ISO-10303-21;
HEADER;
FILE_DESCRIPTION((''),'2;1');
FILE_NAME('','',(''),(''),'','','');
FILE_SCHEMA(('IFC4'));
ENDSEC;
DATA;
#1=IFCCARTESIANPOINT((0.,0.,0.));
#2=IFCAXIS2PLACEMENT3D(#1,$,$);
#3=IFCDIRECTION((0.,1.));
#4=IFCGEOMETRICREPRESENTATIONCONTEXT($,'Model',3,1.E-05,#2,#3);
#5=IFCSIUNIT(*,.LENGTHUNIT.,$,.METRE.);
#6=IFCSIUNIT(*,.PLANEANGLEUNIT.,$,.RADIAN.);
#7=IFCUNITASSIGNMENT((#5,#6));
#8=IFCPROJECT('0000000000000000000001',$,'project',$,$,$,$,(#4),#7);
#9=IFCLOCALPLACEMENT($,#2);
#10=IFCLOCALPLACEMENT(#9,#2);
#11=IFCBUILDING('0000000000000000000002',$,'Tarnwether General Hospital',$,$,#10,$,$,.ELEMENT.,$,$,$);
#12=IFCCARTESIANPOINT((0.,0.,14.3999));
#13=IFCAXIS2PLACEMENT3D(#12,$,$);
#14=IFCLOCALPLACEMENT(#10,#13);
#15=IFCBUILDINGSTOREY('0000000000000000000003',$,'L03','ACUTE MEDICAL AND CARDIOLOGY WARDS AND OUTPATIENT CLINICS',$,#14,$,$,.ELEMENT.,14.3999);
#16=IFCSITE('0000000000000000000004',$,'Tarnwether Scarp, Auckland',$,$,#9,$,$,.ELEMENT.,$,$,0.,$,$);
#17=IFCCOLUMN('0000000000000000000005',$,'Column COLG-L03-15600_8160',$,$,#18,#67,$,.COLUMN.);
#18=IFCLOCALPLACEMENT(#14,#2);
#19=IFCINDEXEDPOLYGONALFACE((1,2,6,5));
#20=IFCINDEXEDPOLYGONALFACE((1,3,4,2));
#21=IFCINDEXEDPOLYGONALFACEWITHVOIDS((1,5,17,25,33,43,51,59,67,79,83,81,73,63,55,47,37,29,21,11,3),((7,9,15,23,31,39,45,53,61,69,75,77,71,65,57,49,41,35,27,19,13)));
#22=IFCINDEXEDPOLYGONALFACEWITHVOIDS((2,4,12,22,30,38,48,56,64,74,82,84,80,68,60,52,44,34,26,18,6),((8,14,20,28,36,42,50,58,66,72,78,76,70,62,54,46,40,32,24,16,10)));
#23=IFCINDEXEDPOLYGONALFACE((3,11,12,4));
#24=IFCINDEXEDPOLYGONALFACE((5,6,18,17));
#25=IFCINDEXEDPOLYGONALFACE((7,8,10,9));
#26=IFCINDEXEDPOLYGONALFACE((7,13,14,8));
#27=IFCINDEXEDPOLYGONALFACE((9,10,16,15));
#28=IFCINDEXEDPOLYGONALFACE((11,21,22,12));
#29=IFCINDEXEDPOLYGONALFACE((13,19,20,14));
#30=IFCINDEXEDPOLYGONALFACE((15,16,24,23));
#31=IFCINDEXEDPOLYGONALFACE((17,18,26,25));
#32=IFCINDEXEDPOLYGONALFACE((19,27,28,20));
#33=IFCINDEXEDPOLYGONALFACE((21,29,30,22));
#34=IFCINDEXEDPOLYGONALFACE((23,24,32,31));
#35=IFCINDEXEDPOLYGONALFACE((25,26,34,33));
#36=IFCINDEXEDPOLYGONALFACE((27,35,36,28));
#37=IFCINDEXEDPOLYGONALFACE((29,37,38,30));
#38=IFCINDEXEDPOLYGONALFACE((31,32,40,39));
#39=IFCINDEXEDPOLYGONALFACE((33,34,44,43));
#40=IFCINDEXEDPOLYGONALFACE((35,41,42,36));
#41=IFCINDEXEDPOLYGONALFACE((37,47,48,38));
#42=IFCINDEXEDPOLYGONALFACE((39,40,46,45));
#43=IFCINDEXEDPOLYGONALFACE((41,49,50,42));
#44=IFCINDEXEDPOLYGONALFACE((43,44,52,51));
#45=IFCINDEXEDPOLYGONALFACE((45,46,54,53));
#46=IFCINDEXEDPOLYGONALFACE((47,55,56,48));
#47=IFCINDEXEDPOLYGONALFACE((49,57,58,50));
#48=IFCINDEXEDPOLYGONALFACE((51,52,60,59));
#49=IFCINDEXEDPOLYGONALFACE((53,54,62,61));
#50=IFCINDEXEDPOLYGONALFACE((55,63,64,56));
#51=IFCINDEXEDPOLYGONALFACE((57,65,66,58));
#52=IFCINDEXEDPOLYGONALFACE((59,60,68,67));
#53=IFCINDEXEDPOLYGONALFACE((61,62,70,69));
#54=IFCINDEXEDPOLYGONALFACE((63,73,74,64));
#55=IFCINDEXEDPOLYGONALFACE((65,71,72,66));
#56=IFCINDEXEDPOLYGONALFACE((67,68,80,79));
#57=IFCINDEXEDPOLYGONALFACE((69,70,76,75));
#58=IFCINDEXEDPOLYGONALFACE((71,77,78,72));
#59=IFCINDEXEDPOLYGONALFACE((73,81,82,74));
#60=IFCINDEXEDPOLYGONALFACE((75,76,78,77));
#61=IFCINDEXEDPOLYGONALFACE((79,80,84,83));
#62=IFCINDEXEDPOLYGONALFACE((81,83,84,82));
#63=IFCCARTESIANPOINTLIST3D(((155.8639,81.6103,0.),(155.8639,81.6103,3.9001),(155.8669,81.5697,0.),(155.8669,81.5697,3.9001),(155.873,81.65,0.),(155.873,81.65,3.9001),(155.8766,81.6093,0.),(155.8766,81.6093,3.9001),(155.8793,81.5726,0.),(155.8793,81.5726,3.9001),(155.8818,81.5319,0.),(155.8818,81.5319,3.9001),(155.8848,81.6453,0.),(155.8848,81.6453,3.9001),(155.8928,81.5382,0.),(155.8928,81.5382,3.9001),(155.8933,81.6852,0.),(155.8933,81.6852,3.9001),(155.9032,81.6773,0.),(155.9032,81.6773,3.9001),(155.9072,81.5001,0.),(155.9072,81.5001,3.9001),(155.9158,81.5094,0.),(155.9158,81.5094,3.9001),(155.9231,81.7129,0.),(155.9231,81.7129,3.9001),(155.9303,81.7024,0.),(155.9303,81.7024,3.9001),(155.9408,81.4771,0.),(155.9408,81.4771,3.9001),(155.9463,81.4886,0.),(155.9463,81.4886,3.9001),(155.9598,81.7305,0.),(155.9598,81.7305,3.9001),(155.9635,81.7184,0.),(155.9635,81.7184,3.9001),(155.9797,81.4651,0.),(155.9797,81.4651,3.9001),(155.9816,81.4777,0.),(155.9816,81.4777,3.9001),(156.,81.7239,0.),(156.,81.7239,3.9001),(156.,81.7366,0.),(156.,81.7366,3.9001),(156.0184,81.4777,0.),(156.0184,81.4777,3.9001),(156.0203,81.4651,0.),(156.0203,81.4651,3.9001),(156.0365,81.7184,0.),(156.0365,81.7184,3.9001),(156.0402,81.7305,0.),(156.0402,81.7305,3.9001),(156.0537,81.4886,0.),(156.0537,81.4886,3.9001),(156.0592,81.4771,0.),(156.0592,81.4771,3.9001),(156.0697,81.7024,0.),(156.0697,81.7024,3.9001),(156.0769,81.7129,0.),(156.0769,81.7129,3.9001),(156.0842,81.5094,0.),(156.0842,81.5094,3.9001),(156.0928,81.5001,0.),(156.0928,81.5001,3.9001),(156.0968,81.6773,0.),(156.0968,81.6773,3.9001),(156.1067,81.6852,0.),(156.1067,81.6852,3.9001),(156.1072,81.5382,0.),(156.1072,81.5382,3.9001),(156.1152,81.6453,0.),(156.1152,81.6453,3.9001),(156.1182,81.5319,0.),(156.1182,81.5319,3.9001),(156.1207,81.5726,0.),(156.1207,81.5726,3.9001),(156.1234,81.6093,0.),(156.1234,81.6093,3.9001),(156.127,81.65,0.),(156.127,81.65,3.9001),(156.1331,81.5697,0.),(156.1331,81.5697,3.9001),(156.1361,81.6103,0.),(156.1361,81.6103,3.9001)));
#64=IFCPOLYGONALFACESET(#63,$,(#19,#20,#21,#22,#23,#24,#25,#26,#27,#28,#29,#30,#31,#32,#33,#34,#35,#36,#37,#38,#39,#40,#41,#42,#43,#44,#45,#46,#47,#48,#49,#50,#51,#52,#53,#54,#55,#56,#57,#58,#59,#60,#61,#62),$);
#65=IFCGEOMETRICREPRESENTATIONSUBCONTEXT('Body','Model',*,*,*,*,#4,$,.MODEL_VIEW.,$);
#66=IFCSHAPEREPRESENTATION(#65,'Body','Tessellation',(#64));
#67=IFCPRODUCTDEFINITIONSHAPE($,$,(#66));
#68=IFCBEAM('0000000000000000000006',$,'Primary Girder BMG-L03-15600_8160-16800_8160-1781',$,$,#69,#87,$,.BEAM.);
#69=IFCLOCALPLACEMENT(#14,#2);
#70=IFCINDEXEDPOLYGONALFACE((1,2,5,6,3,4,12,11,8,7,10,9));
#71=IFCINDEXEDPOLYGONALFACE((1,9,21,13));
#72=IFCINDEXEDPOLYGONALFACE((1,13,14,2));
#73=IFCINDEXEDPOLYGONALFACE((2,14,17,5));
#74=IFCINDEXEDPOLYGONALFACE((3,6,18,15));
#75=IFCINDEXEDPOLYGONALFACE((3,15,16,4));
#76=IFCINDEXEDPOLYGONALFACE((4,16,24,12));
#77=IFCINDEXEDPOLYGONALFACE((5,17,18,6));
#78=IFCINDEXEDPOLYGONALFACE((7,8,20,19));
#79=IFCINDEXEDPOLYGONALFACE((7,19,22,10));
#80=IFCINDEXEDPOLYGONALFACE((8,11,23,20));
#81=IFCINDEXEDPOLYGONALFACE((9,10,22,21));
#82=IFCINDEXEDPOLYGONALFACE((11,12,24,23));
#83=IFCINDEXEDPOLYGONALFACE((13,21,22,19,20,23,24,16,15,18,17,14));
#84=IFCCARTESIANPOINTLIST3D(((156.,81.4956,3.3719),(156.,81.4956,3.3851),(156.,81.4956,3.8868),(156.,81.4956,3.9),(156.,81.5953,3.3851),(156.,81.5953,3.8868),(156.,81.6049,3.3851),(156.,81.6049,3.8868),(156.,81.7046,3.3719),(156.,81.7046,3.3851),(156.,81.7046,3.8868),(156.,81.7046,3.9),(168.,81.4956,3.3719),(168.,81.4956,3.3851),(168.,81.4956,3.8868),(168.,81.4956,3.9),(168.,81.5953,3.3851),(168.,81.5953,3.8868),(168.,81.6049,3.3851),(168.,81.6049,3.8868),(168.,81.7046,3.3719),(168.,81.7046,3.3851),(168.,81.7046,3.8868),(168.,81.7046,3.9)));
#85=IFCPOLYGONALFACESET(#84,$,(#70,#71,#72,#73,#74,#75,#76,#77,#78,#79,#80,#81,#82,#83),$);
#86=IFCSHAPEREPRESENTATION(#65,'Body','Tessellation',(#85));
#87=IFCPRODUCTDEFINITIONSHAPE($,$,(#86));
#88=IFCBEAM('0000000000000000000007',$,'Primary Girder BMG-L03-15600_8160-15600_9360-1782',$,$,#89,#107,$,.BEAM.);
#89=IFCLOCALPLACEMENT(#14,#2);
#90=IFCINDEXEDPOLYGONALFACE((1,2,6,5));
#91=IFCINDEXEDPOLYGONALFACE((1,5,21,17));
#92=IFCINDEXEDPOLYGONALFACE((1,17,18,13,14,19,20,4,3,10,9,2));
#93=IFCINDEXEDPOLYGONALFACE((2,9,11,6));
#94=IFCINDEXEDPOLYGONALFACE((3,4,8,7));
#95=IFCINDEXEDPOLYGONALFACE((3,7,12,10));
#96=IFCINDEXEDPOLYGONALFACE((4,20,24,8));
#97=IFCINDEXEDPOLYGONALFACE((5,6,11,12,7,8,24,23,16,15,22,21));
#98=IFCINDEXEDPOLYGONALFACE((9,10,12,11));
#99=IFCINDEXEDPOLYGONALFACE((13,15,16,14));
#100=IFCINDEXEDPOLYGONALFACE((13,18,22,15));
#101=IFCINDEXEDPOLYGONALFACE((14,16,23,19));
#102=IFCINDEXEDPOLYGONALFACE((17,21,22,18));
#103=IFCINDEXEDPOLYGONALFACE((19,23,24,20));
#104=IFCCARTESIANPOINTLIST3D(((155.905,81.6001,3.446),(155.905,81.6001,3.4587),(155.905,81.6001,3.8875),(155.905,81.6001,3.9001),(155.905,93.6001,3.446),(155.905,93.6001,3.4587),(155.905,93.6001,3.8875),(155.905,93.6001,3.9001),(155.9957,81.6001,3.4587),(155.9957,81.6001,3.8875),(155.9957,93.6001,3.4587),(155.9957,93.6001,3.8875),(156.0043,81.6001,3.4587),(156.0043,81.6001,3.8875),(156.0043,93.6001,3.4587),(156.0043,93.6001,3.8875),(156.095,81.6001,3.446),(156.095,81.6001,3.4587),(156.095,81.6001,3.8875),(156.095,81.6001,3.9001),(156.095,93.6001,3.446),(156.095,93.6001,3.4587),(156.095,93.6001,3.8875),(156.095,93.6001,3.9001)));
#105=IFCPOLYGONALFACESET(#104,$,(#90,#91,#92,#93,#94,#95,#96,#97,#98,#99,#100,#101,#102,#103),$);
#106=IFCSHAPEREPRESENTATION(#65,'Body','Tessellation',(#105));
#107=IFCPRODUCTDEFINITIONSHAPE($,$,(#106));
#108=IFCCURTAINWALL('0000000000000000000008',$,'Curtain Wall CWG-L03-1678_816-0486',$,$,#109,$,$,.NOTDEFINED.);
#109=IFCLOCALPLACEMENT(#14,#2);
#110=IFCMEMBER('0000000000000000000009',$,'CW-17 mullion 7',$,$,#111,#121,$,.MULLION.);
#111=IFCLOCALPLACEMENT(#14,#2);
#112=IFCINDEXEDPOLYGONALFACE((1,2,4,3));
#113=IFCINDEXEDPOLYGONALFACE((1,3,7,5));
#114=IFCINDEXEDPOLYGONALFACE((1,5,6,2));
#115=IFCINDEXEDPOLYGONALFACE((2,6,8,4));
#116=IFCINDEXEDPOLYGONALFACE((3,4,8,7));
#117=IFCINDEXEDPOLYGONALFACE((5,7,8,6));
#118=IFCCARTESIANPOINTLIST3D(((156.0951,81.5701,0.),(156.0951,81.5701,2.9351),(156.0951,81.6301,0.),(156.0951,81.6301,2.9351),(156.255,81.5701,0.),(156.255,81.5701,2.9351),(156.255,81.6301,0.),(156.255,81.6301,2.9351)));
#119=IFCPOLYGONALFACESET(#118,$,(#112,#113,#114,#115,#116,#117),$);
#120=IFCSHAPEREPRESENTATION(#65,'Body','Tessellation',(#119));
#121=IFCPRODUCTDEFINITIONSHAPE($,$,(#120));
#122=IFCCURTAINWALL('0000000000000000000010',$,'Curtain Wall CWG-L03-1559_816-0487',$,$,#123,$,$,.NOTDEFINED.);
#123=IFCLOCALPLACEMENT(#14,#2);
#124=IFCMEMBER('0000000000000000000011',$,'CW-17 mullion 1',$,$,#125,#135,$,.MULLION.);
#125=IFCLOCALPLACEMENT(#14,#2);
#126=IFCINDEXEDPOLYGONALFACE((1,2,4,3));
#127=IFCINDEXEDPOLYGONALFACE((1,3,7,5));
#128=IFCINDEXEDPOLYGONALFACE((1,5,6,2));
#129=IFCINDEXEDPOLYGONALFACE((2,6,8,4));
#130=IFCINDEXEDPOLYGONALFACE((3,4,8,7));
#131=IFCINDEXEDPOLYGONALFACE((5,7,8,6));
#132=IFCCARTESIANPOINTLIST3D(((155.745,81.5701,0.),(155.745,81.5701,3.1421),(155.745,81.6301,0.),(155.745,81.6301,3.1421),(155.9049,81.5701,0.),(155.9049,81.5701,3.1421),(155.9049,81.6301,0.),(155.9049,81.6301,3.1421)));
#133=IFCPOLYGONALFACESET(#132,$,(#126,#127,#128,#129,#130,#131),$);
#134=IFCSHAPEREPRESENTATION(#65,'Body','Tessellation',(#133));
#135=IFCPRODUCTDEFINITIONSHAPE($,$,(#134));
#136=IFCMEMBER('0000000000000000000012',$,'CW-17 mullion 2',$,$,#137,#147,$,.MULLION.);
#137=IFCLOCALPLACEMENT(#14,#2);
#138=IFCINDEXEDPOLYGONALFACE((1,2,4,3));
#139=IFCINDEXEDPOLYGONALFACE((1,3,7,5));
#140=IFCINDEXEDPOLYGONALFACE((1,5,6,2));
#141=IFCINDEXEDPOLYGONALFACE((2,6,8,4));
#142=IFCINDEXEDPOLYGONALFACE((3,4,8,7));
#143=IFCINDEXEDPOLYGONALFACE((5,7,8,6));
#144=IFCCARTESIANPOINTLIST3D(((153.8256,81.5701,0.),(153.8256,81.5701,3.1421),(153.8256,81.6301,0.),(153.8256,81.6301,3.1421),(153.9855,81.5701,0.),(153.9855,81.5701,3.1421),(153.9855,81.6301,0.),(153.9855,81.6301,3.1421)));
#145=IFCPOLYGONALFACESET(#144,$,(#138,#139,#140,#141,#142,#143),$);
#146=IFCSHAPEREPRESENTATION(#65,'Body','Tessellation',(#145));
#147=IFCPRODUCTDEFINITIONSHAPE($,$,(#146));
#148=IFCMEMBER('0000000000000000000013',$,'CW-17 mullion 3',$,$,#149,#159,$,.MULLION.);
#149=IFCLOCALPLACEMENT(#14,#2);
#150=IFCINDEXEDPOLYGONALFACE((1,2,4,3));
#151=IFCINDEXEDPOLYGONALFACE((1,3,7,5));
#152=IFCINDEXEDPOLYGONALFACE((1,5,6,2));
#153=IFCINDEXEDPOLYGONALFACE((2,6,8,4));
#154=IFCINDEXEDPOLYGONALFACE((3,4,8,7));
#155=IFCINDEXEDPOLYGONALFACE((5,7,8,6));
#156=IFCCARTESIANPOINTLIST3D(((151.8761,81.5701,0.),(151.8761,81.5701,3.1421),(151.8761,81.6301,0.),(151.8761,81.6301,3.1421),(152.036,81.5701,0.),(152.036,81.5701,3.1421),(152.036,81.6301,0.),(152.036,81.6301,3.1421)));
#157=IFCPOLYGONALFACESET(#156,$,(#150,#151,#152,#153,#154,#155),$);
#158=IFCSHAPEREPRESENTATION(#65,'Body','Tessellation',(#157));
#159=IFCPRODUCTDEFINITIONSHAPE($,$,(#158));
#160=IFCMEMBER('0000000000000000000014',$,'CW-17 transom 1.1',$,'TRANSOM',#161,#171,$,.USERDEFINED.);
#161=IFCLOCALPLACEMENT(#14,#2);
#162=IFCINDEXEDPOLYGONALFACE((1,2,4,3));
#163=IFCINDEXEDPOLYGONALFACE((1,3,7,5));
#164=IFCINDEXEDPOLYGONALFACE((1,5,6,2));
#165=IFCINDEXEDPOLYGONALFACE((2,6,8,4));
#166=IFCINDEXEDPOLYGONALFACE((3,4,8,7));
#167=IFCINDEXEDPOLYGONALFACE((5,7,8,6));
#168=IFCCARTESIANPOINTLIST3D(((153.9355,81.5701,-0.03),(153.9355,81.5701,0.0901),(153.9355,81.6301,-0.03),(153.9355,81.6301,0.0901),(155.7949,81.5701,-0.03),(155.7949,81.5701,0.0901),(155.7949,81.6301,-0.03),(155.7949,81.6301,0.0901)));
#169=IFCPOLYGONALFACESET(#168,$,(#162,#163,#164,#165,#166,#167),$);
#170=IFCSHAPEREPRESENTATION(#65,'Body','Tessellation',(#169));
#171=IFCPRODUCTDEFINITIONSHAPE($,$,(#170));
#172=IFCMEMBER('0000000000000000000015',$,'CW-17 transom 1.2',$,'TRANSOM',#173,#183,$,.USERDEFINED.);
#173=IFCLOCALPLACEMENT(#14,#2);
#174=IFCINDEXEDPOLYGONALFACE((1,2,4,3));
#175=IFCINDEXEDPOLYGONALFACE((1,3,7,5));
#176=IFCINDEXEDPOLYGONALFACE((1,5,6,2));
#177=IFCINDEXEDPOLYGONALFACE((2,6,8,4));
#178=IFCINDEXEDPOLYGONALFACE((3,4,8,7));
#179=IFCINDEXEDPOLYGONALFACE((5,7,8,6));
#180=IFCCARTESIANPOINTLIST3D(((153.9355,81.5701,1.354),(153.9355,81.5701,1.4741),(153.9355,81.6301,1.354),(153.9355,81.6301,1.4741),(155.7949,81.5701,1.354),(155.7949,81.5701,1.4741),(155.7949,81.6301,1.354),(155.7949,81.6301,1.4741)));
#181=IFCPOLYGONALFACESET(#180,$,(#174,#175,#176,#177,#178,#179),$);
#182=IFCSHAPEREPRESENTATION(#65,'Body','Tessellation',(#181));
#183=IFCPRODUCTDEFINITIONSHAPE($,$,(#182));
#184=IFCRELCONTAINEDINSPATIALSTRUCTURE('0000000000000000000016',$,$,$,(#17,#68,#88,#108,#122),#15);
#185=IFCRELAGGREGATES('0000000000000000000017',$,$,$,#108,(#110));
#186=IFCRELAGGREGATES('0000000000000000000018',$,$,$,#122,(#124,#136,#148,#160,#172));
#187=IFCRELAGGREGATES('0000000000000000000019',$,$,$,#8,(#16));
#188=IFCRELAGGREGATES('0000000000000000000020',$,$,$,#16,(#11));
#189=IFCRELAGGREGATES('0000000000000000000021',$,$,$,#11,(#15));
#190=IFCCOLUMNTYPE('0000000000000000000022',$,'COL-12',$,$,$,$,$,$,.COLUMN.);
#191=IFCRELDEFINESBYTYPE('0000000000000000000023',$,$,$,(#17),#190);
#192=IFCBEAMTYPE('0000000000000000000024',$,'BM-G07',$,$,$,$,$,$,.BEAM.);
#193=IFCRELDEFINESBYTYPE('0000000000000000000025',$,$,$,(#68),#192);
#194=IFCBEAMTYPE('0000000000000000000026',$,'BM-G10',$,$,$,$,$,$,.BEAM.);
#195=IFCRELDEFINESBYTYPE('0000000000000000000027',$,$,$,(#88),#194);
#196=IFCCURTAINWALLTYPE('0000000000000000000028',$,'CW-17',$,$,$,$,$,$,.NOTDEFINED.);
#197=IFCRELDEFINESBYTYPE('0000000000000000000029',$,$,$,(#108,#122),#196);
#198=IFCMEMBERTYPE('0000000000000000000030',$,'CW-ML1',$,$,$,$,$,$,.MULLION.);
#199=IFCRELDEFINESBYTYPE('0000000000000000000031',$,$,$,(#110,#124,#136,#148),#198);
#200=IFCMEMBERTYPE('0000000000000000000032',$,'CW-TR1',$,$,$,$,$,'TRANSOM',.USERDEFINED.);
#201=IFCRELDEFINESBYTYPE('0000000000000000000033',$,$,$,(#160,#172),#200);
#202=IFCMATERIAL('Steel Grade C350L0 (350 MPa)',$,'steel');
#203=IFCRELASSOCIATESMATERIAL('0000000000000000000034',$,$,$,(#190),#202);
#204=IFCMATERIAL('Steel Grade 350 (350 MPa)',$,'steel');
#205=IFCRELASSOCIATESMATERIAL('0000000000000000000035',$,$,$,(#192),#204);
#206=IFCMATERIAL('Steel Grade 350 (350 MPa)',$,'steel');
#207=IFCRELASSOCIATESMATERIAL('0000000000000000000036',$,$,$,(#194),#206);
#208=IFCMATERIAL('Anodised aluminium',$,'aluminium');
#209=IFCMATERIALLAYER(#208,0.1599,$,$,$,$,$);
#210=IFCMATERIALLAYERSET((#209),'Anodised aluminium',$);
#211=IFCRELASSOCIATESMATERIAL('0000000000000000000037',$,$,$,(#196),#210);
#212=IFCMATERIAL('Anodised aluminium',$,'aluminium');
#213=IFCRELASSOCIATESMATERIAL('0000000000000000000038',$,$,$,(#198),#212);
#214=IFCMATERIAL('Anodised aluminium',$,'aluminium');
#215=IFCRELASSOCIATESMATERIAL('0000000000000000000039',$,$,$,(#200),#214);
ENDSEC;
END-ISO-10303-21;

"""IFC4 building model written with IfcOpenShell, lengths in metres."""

from ifc_helpers import new_model, si_unit, direction, frame, origin, origin_2d, place, context, subcontext, project, spatial, rectangle, hollow_circle, i_section, extrude, material, layer, layer_set, material_profile, profile_set, type_object, element, aggregate, save


model = new_model("IFC4")

# Units and contexts
model_context = context("Model", 3, precision=1e-05, world=origin(), true_north=direction((0.0, 1.0)))
body_context = subcontext(model_context, "Body", "Model", "MODEL_VIEW")
ifc_project = project(units=[si_unit("LENGTHUNIT", "METRE"), si_unit("PLANEANGLEUNIT", "RADIAN")], contexts=[model_context])

# Site, building, storey
site_placement = place(None, origin())
site = spatial("IfcSite", under=ifc_project, at=site_placement, Name="Tarnwether Scarp, Auckland", CompositionType="ELEMENT", RefElevation=0.0)
building_placement = place(site_placement, origin())
building = spatial("IfcBuilding", under=site, at=building_placement, Name="Tarnwether General Hospital", CompositionType="ELEMENT")
storey_placement = place(building_placement, frame((0.0, 0.0, 14.3999)))
storey = spatial("IfcBuildingStorey", under=building, at=storey_placement, Name="L03", Description="ACUTE MEDICAL AND CARDIOLOGY WARDS AND OUTPATIENT CLINICS", CompositionType="ELEMENT", Elevation=14.3999)

# Column
ifc_material_1 = material(Name="Steel Grade C350L0 (350 MPa)", Category="steel")
ifc_material_profile_1 = material_profile(ifc_material_1, hollow_circle(Radius=0.1365, WallThickness=0.0127, at=origin_2d()), Name="CHS273.1x12.7")
ifc_profile_set_1 = profile_set([ifc_material_profile_1], Name="Steel Grade C350L0 (350 MPa)")
column_type = type_object("IfcColumnType", Name="COL-12", PredefinedType="COLUMN", material=ifc_profile_set_1)
column_placement = place(storey_placement, frame((156.0, 81.6001, 0.0), z_axis=(0.0, 0.0, 1.0), x_axis=(0.0, 1.0, 0.0)))
element("IfcColumn", 1, at=column_placement, inside=storey, type_object=column_type, Name="Column COLG-L03-15600_8160", PredefinedType="COLUMN", context=body_context, shape_type="SweptSolid", body=[
    extrude(hollow_circle(Radius=0.1365, WallThickness=0.0127, at=origin_2d()), origin(), (0.0, 0.0, 1.0), 3.9001),
])

# Beams
ifc_material_2 = material(Name="Steel Grade 350 (350 MPa)", Category="steel")
ifc_material_profile_2 = material_profile(ifc_material_2, i_section(OverallWidth=0.209, OverallDepth=0.5281, WebThickness=0.0095, FlangeThickness=0.0132, at=origin_2d()), Name="530UB82.0")
ifc_profile_set_2 = profile_set([ifc_material_profile_2], Name="Steel Grade 350 (350 MPa)")
beam_type_1 = type_object("IfcBeamType", Name="BM-G07", PredefinedType="BEAM", material=ifc_profile_set_2)
beam_1_placement = place(storey_placement, frame((156.0, 81.6001, 3.636), z_axis=(1.0, 0.0, 0.0), x_axis=(0.0, 1.0, 0.0)))
element("IfcBeam", 2, at=beam_1_placement, inside=storey, type_object=beam_type_1, Name="Primary Girder BMG-L03-15600_8160-16800_8160-1781", PredefinedType="BEAM", context=body_context, shape_type="SweptSolid", body=[
    extrude(i_section(OverallWidth=0.209, OverallDepth=0.5281, WebThickness=0.0095, FlangeThickness=0.0132, at=origin_2d()), origin(), (0.0, 0.0, 1.0), 12.0),
])
ifc_material_3 = material(Name="Steel Grade 350 (350 MPa)", Category="steel")
ifc_material_profile_3 = material_profile(ifc_material_3, i_section(OverallWidth=0.1899, OverallDepth=0.4541, WebThickness=0.0085, FlangeThickness=0.0127, at=origin_2d()), Name="460UB67.1")
ifc_profile_set_3 = profile_set([ifc_material_profile_3], Name="Steel Grade 350 (350 MPa)")
beam_type_2 = type_object("IfcBeamType", Name="BM-G10", PredefinedType="BEAM", material=ifc_profile_set_3)
beam_2_placement = place(storey_placement, frame((156.0, 81.6001, 3.6731), z_axis=(0.0, 1.0, 0.0), x_axis=(-1.0, 0.0, 0.0)))
element("IfcBeam", 3, at=beam_2_placement, inside=storey, type_object=beam_type_2, Name="Primary Girder BMG-L03-15600_8160-15600_9360-1782", PredefinedType="BEAM", context=body_context, shape_type="SweptSolid", body=[
    extrude(i_section(OverallWidth=0.1899, OverallDepth=0.4541, WebThickness=0.0085, FlangeThickness=0.0127, at=origin_2d()), origin(), (0.0, 0.0, 1.0), 12.0),
])

# Curtain wall, member
ifc_material_4 = material(Name="Anodised aluminium", Category="aluminium")
ifc_layer_1 = layer(ifc_material_4, 0.1599)
ifc_layer_set_1 = layer_set([ifc_layer_1], Name="Anodised aluminium")
curtain_wall_type = type_object("IfcCurtainWallType", Name="CW-17", PredefinedType="NOTDEFINED", material=ifc_layer_set_1)
curtain_wall_1_placement = place(storey_placement, origin())
curtain_wall_1 = element("IfcCurtainWall", 4, at=curtain_wall_1_placement, inside=storey, type_object=curtain_wall_type, Name="Curtain Wall CWG-L03-1678_816-0486", PredefinedType="NOTDEFINED")
ifc_material_5 = material(Name="Anodised aluminium", Category="aluminium")
ifc_material_profile_4 = material_profile(ifc_material_5, rectangle(XDim=0.0601, YDim=0.1599, at=origin_2d()), Name="ALU-MUL-60x160")
ifc_profile_set_4 = profile_set([ifc_material_profile_4], Name="Anodised aluminium")
member_type_1 = type_object("IfcMemberType", Name="CW-ML1", PredefinedType="MULLION", material=ifc_profile_set_4)
member_1_placement = place(storey_placement, frame((156.175, 81.6001, 0.0), z_axis=(0.0, 0.0, 1.0), x_axis=(0.0, -1.0, 0.0)))
member_1 = element("IfcMember", 5, at=member_1_placement, type_object=member_type_1, Name="CW-17 mullion 7", PredefinedType="MULLION", context=body_context, shape_type="SweptSolid", body=[
    extrude(rectangle(XDim=0.0601, YDim=0.1599, at=origin_2d()), origin(), (0.0, 0.0, 1.0), 2.9351),
])
aggregate(curtain_wall_1, [member_1])

# Curtain wall, members
curtain_wall_2_placement = place(storey_placement, origin())
curtain_wall_2 = element("IfcCurtainWall", 6, at=curtain_wall_2_placement, inside=storey, type_object=curtain_wall_type, Name="Curtain Wall CWG-L03-1559_816-0487", PredefinedType="NOTDEFINED")
member_2_placement = place(storey_placement, frame((155.825, 81.6001, 0.0), z_axis=(0.0, 0.0, 1.0), x_axis=(0.0, -1.0, 0.0)))
member_2 = element("IfcMember", 7, at=member_2_placement, type_object=member_type_1, Name="CW-17 mullion 1", PredefinedType="MULLION", context=body_context, shape_type="SweptSolid", body=[
    extrude(rectangle(XDim=0.0601, YDim=0.1599, at=origin_2d()), origin(), (0.0, 0.0, 1.0), 3.1421),
])
member_3_placement = place(storey_placement, frame((153.9055, 81.6001, 0.0), z_axis=(0.0, 0.0, 1.0), x_axis=(0.0, -1.0, 0.0)))
member_3 = element("IfcMember", 8, at=member_3_placement, type_object=member_type_1, Name="CW-17 mullion 2", PredefinedType="MULLION", context=body_context, shape_type="SweptSolid", body=[
    extrude(rectangle(XDim=0.0601, YDim=0.1599, at=origin_2d()), origin(), (0.0, 0.0, 1.0), 3.1421),
])
member_4_placement = place(storey_placement, frame((151.9561, 81.6001, 0.0), z_axis=(0.0, 0.0, 1.0), x_axis=(0.0, -1.0, 0.0)))
member_4 = element("IfcMember", 9, at=member_4_placement, type_object=member_type_1, Name="CW-17 mullion 3", PredefinedType="MULLION", context=body_context, shape_type="SweptSolid", body=[
    extrude(rectangle(XDim=0.0601, YDim=0.1599, at=origin_2d()), origin(), (0.0, 0.0, 1.0), 3.1421),
])
ifc_material_6 = material(Name="Anodised aluminium", Category="aluminium")
ifc_material_profile_5 = material_profile(ifc_material_6, rectangle(XDim=0.0601, YDim=0.1201, at=origin_2d()), Name="ALU-TRN-60x120")
ifc_profile_set_5 = profile_set([ifc_material_profile_5], Name="Anodised aluminium")
member_type_2 = type_object("IfcMemberType", Name="CW-TR1", ElementType="TRANSOM", PredefinedType="USERDEFINED", material=ifc_profile_set_5)
member_5_placement = place(storey_placement, frame((155.7949, 81.6001, 0.03), z_axis=(-1.0, 0.0, 0.0), x_axis=(0.0, -1.0, 0.0)))
member_5 = element("IfcMember", 10, at=member_5_placement, type_object=member_type_2, Name="CW-17 transom 1.1", ObjectType="TRANSOM", PredefinedType="USERDEFINED", context=body_context, shape_type="SweptSolid", body=[
    extrude(rectangle(XDim=0.0601, YDim=0.1201, at=origin_2d()), origin(), (0.0, 0.0, 1.0), 1.8594),
])
member_6_placement = place(storey_placement, frame((155.7949, 81.6001, 1.4141), z_axis=(-1.0, 0.0, 0.0), x_axis=(0.0, -1.0, 0.0)))
member_6 = element("IfcMember", 11, at=member_6_placement, type_object=member_type_2, Name="CW-17 transom 1.2", ObjectType="TRANSOM", PredefinedType="USERDEFINED", context=body_context, shape_type="SweptSolid", body=[
    extrude(rectangle(XDim=0.0601, YDim=0.1201, at=origin_2d()), origin(), (0.0, 0.0, 1.0), 1.8594),
])
aggregate(curtain_wall_2, [member_2, member_3, member_4, member_5, member_6])

save(model, "model.ifc")
